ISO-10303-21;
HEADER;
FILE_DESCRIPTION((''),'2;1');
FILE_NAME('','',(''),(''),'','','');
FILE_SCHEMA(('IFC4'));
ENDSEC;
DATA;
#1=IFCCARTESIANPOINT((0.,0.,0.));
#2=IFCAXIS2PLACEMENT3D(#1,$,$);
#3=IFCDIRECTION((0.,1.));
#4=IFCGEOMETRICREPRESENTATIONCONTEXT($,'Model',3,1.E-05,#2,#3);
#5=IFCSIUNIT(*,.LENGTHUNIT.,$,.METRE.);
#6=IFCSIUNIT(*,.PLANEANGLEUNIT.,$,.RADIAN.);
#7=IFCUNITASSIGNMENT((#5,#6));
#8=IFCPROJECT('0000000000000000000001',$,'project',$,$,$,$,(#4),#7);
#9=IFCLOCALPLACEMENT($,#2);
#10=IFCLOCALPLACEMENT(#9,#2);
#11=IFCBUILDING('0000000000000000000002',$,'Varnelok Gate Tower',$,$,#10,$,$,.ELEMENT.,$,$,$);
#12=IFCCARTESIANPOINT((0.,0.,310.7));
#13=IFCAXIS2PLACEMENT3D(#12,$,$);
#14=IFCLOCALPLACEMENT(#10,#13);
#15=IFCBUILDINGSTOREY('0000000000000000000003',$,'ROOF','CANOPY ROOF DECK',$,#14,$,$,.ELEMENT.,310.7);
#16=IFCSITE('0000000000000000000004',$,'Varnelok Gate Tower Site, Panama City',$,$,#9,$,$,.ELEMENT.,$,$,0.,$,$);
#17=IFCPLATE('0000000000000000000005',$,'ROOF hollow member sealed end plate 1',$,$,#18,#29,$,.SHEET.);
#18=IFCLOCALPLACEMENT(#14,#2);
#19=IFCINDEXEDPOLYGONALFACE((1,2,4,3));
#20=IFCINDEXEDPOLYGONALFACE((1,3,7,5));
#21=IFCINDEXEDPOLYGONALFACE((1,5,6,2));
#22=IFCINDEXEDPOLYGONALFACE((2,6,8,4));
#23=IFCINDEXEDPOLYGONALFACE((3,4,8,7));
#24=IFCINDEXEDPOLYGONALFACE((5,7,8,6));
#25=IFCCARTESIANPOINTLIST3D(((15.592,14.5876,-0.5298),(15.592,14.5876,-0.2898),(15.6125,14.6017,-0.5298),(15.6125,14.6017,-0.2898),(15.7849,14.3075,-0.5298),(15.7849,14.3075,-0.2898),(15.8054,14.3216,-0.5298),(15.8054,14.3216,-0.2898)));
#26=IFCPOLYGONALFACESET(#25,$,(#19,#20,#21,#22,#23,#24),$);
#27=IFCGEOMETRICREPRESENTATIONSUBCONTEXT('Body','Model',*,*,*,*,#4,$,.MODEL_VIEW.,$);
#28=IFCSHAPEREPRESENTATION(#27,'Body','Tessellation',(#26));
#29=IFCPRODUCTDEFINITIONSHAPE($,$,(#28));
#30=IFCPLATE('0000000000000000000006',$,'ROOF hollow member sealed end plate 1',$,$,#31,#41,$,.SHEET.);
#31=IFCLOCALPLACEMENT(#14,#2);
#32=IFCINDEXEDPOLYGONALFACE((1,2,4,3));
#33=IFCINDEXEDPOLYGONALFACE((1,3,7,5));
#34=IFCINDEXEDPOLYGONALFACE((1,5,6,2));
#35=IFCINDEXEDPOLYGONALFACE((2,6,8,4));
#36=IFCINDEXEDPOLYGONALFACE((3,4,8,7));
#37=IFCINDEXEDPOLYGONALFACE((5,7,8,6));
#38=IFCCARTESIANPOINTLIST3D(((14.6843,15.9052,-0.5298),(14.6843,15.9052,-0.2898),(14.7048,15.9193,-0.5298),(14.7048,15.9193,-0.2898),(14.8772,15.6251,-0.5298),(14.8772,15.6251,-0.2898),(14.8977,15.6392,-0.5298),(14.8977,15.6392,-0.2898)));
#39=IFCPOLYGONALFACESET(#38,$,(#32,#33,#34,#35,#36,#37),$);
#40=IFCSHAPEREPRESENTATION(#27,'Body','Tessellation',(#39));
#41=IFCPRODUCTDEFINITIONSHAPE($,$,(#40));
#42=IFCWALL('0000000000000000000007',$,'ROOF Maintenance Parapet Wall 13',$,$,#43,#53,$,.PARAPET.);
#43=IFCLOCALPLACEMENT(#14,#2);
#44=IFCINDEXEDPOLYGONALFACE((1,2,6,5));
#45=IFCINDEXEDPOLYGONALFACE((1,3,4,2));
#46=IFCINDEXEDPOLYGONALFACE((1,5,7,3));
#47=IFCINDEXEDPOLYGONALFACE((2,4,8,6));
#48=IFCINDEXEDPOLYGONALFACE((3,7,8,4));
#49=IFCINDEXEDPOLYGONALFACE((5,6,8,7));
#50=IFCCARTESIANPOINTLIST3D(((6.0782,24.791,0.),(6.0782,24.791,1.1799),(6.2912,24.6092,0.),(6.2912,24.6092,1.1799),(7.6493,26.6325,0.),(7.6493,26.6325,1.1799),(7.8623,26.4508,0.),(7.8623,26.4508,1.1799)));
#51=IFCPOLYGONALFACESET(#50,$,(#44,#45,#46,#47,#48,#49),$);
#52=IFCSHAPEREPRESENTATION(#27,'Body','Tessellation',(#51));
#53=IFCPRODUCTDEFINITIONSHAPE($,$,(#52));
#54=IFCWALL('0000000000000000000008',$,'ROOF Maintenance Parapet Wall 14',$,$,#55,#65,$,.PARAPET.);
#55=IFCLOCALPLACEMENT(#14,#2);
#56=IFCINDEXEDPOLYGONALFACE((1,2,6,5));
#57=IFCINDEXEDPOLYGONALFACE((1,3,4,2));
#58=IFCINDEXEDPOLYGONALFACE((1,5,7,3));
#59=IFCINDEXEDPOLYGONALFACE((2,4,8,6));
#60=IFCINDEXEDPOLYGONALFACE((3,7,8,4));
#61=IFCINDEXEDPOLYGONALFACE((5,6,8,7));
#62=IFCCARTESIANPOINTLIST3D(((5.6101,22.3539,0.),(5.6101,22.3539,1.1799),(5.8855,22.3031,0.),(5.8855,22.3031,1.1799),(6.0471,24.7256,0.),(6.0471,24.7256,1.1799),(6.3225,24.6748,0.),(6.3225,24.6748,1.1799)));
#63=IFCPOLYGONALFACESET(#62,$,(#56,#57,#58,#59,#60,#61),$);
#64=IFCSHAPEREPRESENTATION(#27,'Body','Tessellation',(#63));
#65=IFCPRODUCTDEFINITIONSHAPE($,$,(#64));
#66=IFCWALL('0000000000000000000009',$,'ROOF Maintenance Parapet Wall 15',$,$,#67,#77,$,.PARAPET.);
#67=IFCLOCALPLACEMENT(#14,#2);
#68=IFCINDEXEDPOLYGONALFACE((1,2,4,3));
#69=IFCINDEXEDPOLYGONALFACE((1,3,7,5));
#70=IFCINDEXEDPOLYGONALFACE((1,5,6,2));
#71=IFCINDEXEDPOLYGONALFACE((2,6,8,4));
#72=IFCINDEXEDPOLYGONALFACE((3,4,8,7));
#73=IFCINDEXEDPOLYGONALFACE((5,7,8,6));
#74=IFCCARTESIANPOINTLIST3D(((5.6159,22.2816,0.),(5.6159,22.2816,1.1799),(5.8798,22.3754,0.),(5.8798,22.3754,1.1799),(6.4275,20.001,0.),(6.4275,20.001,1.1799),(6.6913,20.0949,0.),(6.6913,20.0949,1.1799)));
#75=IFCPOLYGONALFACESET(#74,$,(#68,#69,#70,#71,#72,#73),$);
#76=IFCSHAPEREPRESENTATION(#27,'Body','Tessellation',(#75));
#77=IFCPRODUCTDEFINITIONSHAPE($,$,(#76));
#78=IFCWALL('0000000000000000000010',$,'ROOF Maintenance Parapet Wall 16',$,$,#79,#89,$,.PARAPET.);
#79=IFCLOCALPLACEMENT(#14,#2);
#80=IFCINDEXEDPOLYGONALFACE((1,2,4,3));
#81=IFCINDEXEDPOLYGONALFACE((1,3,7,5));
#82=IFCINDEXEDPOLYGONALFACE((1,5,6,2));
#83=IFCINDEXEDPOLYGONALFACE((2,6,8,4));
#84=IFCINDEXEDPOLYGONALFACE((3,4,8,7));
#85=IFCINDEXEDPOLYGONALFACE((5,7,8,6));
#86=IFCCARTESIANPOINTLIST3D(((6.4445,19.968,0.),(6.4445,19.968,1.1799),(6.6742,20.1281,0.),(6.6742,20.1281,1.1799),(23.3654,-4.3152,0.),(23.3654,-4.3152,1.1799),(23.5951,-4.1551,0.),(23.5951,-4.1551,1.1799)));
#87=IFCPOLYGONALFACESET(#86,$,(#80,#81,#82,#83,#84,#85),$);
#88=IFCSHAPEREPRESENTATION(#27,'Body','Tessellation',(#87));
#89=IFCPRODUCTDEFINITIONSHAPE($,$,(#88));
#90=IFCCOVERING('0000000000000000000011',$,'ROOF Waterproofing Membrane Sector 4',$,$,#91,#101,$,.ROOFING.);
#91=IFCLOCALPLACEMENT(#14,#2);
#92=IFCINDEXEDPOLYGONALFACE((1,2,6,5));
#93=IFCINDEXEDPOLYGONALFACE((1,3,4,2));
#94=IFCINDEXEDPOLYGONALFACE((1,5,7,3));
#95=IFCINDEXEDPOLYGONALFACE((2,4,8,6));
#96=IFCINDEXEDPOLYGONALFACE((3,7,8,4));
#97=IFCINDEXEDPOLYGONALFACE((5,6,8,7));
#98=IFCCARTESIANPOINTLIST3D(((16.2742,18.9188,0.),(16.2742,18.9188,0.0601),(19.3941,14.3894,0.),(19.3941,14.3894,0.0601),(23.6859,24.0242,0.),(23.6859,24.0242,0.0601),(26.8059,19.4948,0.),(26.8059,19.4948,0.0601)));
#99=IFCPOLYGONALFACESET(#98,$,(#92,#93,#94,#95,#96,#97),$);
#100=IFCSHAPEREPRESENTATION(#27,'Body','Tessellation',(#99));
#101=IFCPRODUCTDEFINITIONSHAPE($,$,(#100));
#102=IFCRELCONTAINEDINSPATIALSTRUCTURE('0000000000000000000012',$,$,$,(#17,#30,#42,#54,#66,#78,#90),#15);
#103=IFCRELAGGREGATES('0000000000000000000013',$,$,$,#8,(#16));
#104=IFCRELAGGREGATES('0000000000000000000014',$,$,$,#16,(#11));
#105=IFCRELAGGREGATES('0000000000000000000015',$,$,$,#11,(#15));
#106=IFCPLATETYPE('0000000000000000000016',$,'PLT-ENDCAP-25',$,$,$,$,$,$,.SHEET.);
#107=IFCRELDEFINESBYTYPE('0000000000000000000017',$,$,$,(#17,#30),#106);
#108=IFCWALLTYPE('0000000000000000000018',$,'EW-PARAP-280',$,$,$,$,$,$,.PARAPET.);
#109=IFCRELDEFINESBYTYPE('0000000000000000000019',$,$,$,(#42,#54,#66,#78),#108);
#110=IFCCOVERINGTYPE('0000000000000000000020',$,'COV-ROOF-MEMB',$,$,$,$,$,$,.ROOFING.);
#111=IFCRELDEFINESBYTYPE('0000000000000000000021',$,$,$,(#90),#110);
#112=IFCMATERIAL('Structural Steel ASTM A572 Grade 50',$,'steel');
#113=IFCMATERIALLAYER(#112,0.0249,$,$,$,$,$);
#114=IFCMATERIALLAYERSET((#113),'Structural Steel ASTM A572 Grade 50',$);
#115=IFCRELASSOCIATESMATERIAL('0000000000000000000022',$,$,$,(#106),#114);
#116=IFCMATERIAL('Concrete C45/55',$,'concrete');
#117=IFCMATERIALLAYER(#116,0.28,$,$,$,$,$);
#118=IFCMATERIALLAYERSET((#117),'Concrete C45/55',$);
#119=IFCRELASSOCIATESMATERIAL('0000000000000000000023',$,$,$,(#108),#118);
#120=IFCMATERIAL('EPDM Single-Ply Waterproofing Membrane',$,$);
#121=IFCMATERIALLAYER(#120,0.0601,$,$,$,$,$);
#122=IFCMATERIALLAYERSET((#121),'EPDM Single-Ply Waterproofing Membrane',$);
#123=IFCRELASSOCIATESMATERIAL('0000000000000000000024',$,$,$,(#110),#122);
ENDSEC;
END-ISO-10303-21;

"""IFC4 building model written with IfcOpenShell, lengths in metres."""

from ifc_helpers import new_model, si_unit, direction, frame, frame_2d, origin, origin_2d, place, context, subcontext, project, spatial, rectangle, extrude, source, transform, mapped, material, layer, layer_set, type_object, element, save


model = new_model("IFC4")

# Units and contexts
model_context = context("Model", 3, precision=1e-05, world=origin(), true_north=direction((0.0, 1.0)))
body_context = subcontext(model_context, "Body", "Model", "MODEL_VIEW")
ifc_project = project(units=[si_unit("LENGTHUNIT", "METRE"), si_unit("PLANEANGLEUNIT", "RADIAN")], contexts=[model_context])

# Site, building, storey
site_placement = place(None, origin())
site = spatial("IfcSite", under=ifc_project, at=site_placement, Name="Varnelok Gate Tower Site, Panama City", CompositionType="ELEMENT", RefElevation=0.0)
building_placement = place(site_placement, origin())
building = spatial("IfcBuilding", under=site, at=building_placement, Name="Varnelok Gate Tower", CompositionType="ELEMENT")
storey_placement = place(building_placement, frame((0.0, 0.0, 310.7)))
storey = spatial("IfcBuildingStorey", under=building, at=storey_placement, Name="ROOF", Description="CANOPY ROOF DECK", CompositionType="ELEMENT", Elevation=310.7)

# Plates
ifc_material_1 = material(Name="Structural Steel ASTM A572 Grade 50", Category="steel")
ifc_layer_1 = layer(ifc_material_1, 0.0249)
ifc_layer_set_1 = layer_set([ifc_layer_1], Name="Structural Steel ASTM A572 Grade 50")
plate_type = type_object("IfcPlateType", Name="PLT-ENDCAP-25", PredefinedType="SHEET", material=ifc_layer_set_1)
shared_shape_1 = source(origin(), body_context, "Body", "SweptSolid", [
    extrude(rectangle(XDim=0.0249, YDim=0.3401, at=origin_2d()), origin(), (0.0, 0.0, 1.0), 0.24),
])
for number, where, z_axis, x_axis, name in (
    (1, (15.6987, 14.4546, -0.5298), (0.0, 0.0, 1.0), (0.823533, 0.567269, 0.0), "ROOF hollow member sealed end plate 1"),
    (2, (14.791, 15.7722, -0.5298), (0.0, 0.0, 1.0), (0.823533, 0.567269, 0.0), "ROOF hollow member sealed end plate 1"),
):
    element("IfcPlate", number, at=place(storey_placement, frame(where, z_axis=z_axis, x_axis=x_axis)), inside=storey, type_object=plate_type, Name=name, PredefinedType="SHEET", context=body_context, shape_type="MappedRepresentation", body=[
        mapped(shared_shape_1, transform((0.0, 0.0, 0.0), scale=1.0)),
    ])

# Walls
ifc_material_2 = material(Name="Concrete C45/55", Category="concrete")
ifc_layer_2 = layer(ifc_material_2, 0.28)
ifc_layer_set_2 = layer_set([ifc_layer_2], Name="Concrete C45/55")
wall_type = type_object("IfcWallType", Name="EW-PARAP-280", PredefinedType="PARAPET", material=ifc_layer_set_2)
wall_1_placement = place(storey_placement, frame((7.7559, 26.5417, 0.0), z_axis=(0.0, 0.0, 1.0), x_axis=(-0.64902, -0.760771, 0.0)))
element("IfcWall", 3, at=wall_1_placement, inside=storey, type_object=wall_type, Name="ROOF Maintenance Parapet Wall 13", PredefinedType="PARAPET", context=body_context, shape_type="SweptSolid", body=[
    extrude(rectangle(XDim=2.4207, YDim=0.28, at=frame_2d((1.2104, 0.0))), origin(), (0.0, 0.0, 1.0), 1.1799),
])
wall_2_placement = place(storey_placement, frame((6.1848, 24.7002, 0.0), z_axis=(0.0, 0.0, 1.0), x_axis=(-0.181219, -0.983443, 0.0)))
element("IfcWall", 4, at=wall_2_placement, inside=storey, type_object=wall_type, Name="ROOF Maintenance Parapet Wall 14", PredefinedType="PARAPET", context=body_context, shape_type="SweptSolid", body=[
    extrude(rectangle(XDim=2.4116, YDim=0.28, at=frame_2d((1.2058, 0.0))), origin(), (0.0, 0.0, 1.0), 1.1799),
])
wall_3_placement = place(storey_placement, frame((5.7478, 22.3286, 0.0), z_axis=(0.0, 0.0, 1.0), x_axis=(0.335256, -0.942127, 0.0)))
element("IfcWall", 5, at=wall_3_placement, inside=storey, type_object=wall_type, Name="ROOF Maintenance Parapet Wall 15", PredefinedType="PARAPET", context=body_context, shape_type="SweptSolid", body=[
    extrude(rectangle(XDim=2.4207, YDim=0.28, at=frame_2d((1.2104, 0.0))), origin(), (0.0, 0.0, 1.0), 1.1799),
])
wall_4_placement = place(storey_placement, frame((6.5593, 20.0481, 0.0), z_axis=(0.0, 0.0, 1.0), x_axis=(0.571707, -0.820458, 0.0)))
element("IfcWall", 6, at=wall_4_placement, inside=storey, type_object=wall_type, Name="ROOF Maintenance Parapet Wall 16", PredefinedType="PARAPET", context=body_context, shape_type="SweptSolid", body=[
    extrude(rectangle(XDim=29.5972, YDim=0.28, at=frame_2d((14.7986, 0.0))), origin(), (0.0, 0.0, 1.0), 1.1799),
])

# Covering
ifc_material_3 = material(Name="EPDM Single-Ply Waterproofing Membrane")
ifc_layer_3 = layer(ifc_material_3, 0.0601)
ifc_layer_set_3 = layer_set([ifc_layer_3], Name="EPDM Single-Ply Waterproofing Membrane")
covering_type = type_object("IfcCoveringType", Name="COV-ROOF-MEMB", PredefinedType="ROOFING", material=ifc_layer_set_3)
shared_shape_2 = source(origin(), body_context, "Body", "SweptSolid", [
    extrude(rectangle(XDim=9.0, YDim=5.5, at=origin_2d()), origin(), (0.0, 0.0, 1.0), 0.0601),
])
covering_placement = place(storey_placement, frame((21.54, 19.2068, 0.0), z_axis=(0.0, 0.0, 1.0), x_axis=(0.823533, 0.567269, 0.0)))
element("IfcCovering", 7, at=covering_placement, inside=storey, type_object=covering_type, Name="ROOF Waterproofing Membrane Sector 4", PredefinedType="ROOFING", context=body_context, shape_type="MappedRepresentation", body=[
    mapped(shared_shape_2, transform((0.0, 0.0, 0.0), scale=1.0)),
])

save(model, "model.ifc")
